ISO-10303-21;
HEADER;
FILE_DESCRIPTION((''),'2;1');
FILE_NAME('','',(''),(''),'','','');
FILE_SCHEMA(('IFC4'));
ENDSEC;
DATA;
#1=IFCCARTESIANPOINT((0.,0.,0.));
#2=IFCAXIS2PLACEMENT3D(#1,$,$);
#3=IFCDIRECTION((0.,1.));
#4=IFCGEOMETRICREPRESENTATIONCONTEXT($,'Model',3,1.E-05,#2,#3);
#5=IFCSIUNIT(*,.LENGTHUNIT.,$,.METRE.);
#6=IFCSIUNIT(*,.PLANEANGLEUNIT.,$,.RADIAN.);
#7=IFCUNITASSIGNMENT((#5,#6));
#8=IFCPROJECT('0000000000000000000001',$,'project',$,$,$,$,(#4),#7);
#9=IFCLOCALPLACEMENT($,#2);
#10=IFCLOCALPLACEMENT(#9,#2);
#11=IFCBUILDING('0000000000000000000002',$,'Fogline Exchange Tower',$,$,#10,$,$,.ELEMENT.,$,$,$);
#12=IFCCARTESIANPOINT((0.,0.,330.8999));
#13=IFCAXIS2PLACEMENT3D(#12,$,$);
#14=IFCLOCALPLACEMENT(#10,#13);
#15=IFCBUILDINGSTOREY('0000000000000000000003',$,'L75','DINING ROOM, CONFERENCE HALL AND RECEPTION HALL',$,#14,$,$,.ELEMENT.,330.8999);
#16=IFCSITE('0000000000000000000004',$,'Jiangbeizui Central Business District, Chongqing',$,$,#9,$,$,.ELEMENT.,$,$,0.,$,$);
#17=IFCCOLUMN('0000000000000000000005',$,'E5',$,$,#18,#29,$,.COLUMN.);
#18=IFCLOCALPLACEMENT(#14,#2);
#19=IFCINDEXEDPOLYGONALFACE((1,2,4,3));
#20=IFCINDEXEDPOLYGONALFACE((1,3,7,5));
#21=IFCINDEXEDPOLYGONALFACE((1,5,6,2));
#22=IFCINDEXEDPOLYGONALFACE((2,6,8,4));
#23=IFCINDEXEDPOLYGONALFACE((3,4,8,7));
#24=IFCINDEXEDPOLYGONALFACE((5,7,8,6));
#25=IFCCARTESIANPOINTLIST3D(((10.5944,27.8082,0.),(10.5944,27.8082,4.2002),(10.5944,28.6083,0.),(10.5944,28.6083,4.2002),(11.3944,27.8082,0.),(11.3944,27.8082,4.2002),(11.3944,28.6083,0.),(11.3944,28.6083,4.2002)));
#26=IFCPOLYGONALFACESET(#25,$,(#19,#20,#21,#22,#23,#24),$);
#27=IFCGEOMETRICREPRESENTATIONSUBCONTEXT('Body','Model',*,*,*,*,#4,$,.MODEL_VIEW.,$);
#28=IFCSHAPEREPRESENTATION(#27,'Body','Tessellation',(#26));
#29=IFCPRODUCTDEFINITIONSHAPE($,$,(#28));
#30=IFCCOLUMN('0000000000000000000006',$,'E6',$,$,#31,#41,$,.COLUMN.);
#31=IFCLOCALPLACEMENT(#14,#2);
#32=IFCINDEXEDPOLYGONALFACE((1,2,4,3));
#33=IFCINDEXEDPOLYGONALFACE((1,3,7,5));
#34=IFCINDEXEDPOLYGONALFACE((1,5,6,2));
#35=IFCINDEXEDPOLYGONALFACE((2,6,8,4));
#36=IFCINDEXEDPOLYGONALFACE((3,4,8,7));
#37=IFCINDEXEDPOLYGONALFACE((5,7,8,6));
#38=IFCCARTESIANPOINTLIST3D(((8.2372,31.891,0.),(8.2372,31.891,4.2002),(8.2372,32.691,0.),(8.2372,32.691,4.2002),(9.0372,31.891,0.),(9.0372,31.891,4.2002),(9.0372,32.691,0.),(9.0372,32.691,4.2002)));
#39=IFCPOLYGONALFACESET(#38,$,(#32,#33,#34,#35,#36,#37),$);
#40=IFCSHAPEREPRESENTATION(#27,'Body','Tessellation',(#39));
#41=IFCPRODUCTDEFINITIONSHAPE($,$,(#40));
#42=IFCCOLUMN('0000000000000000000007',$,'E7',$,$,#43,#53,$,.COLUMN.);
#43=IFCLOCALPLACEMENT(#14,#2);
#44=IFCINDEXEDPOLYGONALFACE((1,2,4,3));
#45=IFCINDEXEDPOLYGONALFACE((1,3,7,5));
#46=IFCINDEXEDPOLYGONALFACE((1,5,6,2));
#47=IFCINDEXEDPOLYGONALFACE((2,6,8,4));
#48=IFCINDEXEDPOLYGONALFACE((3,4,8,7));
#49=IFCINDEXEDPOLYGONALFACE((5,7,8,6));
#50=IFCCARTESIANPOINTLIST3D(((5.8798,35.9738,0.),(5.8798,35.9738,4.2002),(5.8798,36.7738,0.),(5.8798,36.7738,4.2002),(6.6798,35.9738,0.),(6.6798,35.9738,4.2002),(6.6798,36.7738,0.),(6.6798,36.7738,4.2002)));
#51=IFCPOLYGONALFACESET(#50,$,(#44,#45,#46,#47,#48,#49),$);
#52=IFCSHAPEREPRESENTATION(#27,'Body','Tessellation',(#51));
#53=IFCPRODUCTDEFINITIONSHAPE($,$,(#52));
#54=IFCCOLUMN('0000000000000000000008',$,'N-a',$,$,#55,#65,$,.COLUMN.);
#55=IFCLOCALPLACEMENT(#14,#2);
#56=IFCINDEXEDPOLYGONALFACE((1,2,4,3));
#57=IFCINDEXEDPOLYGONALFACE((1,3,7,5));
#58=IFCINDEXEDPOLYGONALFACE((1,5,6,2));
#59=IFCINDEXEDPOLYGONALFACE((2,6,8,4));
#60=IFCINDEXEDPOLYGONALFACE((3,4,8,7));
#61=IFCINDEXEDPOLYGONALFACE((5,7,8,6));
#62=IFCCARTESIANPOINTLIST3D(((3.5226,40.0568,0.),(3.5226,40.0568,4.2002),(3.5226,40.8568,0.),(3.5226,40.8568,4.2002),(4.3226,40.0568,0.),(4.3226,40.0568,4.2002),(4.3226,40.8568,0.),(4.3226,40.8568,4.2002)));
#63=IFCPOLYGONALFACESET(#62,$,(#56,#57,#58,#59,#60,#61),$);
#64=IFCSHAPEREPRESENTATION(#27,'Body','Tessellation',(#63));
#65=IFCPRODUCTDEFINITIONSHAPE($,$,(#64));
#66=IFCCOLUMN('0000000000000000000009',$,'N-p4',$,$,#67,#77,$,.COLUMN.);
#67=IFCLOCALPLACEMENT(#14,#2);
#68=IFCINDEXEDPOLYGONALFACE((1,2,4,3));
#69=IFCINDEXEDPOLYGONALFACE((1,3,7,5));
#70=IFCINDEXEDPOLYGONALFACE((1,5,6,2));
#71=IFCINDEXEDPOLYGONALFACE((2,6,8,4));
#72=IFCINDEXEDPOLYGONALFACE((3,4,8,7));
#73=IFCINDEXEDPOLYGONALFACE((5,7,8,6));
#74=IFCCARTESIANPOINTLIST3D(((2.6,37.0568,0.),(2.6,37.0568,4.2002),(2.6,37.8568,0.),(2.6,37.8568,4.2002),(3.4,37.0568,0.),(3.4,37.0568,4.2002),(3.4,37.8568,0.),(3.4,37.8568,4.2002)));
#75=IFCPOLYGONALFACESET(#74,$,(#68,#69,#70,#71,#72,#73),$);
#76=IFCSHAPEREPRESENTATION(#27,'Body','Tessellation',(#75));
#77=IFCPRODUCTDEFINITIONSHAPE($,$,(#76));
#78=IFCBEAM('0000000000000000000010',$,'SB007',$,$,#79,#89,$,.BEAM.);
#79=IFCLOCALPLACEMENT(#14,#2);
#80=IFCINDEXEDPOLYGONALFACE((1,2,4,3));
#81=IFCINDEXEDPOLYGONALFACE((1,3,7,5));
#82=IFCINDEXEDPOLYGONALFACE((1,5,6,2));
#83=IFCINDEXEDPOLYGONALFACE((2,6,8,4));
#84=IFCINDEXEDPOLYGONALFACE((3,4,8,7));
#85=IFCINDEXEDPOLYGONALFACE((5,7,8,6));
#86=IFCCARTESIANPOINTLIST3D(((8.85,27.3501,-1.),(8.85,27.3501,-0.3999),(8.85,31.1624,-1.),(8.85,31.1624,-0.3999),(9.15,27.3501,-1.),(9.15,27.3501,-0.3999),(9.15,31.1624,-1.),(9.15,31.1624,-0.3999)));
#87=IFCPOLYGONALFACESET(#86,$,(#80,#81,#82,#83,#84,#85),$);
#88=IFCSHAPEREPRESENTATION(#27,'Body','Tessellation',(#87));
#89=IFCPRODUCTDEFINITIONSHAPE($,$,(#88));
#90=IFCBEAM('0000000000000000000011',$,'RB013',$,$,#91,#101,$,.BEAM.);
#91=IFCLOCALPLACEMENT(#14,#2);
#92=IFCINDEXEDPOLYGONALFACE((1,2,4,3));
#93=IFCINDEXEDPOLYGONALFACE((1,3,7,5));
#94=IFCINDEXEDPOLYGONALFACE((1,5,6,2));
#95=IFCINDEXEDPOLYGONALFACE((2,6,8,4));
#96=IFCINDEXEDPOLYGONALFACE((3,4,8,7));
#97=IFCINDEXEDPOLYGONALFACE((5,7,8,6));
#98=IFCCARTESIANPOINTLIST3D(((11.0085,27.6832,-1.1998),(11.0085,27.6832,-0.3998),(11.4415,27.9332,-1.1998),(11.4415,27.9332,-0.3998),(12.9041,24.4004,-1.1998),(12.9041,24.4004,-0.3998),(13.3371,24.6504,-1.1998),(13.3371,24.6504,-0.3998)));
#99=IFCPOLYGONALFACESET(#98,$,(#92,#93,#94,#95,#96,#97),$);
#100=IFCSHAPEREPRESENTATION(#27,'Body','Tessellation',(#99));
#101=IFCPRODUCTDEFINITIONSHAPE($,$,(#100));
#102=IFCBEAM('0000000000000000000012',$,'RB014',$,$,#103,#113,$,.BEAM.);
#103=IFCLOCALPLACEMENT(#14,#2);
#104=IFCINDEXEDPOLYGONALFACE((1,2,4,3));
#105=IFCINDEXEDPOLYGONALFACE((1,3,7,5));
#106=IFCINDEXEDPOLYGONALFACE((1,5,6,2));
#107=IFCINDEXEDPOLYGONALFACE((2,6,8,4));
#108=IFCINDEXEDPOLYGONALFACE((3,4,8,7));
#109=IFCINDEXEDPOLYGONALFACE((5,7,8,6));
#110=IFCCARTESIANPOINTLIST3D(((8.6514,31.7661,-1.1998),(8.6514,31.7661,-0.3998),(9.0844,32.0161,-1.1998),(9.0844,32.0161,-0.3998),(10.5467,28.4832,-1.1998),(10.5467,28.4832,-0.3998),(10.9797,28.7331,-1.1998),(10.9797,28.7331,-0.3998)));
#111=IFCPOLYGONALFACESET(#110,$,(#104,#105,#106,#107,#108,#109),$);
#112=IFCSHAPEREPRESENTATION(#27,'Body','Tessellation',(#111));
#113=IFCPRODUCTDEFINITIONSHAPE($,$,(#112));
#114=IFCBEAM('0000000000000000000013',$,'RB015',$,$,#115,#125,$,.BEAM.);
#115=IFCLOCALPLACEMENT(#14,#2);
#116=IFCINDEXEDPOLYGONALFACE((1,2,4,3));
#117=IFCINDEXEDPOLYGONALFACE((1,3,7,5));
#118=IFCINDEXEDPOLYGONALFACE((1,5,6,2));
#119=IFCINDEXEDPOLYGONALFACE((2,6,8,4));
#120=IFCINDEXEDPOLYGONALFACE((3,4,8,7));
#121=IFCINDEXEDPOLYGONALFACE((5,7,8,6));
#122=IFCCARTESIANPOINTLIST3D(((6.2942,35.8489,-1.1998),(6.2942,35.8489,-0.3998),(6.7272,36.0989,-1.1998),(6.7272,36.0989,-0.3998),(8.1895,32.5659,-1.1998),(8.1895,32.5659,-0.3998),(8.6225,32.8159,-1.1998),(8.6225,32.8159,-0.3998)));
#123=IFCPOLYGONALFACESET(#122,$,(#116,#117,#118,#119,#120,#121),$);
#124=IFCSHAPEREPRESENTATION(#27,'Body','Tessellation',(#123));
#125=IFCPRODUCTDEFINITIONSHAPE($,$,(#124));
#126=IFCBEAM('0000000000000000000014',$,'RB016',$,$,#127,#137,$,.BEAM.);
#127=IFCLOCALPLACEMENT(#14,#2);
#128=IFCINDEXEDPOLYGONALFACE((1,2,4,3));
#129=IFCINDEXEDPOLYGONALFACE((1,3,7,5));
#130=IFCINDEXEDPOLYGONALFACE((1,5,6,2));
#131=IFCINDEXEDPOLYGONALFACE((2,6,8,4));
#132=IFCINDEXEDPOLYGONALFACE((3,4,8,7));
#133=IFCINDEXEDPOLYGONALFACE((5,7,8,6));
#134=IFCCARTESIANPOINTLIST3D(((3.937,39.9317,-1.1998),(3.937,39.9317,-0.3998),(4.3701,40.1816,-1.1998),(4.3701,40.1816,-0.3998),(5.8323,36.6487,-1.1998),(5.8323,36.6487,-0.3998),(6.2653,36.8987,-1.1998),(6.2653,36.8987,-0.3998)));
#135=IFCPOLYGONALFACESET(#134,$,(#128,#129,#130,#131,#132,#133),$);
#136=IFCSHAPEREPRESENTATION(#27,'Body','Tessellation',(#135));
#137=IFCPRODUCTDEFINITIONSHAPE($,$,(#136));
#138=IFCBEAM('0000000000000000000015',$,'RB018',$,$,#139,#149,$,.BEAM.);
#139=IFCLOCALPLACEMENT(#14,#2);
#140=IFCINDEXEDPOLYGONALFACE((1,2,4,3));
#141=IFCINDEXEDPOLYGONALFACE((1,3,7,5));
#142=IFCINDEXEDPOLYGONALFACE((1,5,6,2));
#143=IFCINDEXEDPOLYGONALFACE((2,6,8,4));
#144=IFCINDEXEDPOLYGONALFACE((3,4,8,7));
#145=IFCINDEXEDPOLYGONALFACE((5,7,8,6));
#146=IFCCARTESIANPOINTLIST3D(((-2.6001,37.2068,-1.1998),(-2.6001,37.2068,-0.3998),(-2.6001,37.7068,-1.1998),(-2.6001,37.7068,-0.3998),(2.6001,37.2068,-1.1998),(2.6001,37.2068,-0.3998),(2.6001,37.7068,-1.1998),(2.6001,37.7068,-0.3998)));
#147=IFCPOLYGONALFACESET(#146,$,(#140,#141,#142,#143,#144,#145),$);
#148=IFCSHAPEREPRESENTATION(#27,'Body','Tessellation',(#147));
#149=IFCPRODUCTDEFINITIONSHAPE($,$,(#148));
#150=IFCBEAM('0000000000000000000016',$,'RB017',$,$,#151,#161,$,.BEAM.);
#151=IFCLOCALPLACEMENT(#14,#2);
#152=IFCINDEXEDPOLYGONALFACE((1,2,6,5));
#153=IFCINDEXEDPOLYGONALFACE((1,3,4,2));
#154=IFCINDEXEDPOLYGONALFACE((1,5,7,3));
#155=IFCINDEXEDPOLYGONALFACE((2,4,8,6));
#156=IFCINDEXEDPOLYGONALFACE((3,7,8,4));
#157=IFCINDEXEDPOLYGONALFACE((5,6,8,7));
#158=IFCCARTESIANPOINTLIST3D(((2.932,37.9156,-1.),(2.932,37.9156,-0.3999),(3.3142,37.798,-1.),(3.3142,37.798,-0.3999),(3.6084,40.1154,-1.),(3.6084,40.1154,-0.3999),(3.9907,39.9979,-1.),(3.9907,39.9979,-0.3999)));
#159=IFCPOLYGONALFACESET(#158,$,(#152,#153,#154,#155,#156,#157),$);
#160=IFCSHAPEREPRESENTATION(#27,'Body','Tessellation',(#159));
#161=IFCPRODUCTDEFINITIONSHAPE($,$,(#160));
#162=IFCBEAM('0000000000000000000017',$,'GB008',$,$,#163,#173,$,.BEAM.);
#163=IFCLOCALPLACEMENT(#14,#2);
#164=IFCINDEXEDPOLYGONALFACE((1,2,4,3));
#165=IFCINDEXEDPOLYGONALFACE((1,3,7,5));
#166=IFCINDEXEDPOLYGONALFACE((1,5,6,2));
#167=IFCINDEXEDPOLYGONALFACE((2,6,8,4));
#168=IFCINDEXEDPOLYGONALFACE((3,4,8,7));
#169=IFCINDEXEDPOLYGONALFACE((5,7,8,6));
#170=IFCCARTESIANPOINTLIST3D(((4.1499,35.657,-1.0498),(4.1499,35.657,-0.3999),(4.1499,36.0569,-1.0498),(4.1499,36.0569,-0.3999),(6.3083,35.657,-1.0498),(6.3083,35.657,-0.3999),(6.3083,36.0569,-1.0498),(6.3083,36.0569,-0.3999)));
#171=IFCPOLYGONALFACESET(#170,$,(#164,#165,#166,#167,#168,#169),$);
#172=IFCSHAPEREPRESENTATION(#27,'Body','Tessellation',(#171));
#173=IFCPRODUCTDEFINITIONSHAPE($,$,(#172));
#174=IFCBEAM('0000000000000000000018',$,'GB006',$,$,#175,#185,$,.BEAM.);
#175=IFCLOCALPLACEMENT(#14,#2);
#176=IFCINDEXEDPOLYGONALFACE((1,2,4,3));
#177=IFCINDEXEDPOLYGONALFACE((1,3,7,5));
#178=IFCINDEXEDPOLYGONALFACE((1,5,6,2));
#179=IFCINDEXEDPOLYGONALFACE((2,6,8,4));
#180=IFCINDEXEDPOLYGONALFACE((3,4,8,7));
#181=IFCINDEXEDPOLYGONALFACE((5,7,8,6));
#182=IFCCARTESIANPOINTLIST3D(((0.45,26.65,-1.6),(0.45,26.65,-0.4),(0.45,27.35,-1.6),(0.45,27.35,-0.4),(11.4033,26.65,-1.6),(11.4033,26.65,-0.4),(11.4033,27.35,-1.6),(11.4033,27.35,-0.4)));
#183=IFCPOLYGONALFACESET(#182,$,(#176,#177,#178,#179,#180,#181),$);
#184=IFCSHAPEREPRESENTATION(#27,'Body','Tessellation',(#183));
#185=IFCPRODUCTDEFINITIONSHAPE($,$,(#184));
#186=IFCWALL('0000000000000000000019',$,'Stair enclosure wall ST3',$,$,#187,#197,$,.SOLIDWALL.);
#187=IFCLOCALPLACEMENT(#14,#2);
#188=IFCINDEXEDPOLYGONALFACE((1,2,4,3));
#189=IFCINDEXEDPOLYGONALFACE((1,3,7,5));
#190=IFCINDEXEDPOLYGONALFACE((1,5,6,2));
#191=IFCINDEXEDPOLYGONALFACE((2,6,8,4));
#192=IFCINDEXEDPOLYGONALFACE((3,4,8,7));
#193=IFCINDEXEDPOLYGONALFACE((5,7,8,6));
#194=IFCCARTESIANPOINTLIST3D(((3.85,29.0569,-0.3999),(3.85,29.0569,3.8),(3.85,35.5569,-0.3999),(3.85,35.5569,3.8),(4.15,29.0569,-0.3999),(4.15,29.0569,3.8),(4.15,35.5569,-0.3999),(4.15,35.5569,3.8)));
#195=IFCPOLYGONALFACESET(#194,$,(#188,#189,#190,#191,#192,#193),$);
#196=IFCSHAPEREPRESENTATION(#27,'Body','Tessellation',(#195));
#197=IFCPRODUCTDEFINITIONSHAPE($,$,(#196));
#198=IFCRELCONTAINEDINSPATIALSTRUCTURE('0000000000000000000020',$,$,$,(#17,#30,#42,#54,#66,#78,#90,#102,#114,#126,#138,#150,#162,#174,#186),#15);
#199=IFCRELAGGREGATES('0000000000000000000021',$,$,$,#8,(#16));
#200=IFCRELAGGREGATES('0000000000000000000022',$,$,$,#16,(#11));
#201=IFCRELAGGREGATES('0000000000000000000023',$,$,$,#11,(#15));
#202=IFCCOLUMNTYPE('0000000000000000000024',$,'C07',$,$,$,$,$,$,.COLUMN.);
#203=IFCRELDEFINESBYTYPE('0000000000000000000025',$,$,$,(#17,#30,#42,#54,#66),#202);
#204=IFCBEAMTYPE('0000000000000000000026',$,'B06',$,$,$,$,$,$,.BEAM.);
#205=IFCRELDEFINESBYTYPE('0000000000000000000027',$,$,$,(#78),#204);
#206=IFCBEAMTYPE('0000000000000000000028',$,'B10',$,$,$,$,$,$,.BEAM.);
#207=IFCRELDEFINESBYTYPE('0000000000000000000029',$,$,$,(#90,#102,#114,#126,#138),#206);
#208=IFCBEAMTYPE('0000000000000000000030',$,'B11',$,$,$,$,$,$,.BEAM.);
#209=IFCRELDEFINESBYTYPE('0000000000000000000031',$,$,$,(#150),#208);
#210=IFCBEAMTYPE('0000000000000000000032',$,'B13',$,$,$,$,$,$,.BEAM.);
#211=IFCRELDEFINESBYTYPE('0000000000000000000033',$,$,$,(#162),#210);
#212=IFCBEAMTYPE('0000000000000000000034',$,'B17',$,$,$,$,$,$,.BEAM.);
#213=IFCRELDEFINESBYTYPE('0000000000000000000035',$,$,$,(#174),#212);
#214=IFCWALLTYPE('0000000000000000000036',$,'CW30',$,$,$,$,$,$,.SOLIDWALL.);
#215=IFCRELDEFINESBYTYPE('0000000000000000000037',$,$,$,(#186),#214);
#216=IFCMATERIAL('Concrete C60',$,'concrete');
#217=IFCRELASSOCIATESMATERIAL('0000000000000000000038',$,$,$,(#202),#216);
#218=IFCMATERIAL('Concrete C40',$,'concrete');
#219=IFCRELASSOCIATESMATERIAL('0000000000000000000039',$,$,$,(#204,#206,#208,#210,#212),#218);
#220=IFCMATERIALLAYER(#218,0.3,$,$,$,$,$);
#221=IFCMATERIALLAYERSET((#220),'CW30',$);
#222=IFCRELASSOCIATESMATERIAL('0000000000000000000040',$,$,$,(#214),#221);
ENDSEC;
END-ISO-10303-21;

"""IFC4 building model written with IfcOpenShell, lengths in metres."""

from ifc_helpers import new_model, si_unit, direction, frame, frame_2d, origin, origin_2d, place, context, subcontext, project, spatial, rectangle, extrude, material, layer, layer_set, material_profile, profile_set, type_object, element, save


model = new_model("IFC4")

# Units and contexts
model_context = context("Model", 3, precision=1e-05, world=origin(), true_north=direction((0.0, 1.0)))
body_context = subcontext(model_context, "Body", "Model", "MODEL_VIEW")
ifc_project = project(units=[si_unit("LENGTHUNIT", "METRE"), si_unit("PLANEANGLEUNIT", "RADIAN")], contexts=[model_context])

# Site, building, storey
site_placement = place(None, origin())
site = spatial("IfcSite", under=ifc_project, at=site_placement, Name="Jiangbeizui Central Business District, Chongqing", CompositionType="ELEMENT", RefElevation=0.0)
building_placement = place(site_placement, origin())
building = spatial("IfcBuilding", under=site, at=building_placement, Name="Fogline Exchange Tower", CompositionType="ELEMENT")
storey_placement = place(building_placement, frame((0.0, 0.0, 330.8999)))
storey = spatial("IfcBuildingStorey", under=building, at=storey_placement, Name="L75", Description="DINING ROOM, CONFERENCE HALL AND RECEPTION HALL", CompositionType="ELEMENT", Elevation=330.8999)

# Columns
ifc_material_1 = material(Name="Concrete C60", Category="concrete")
ifc_material_profile_1 = material_profile(ifc_material_1, rectangle(XDim=0.8, YDim=0.8, at=origin_2d()), Name="RC 800x800")
ifc_profile_set_1 = profile_set([ifc_material_profile_1], Name="Concrete C60")
column_type = type_object("IfcColumnType", Name="C07", PredefinedType="COLUMN", material=ifc_profile_set_1)
for number, where, z_axis, x_axis, name in (
    (1, (10.9944, 28.2083, 0.0), (0.0, 0.0, 1.0), (1.0, 0.0, 0.0), "E5"),
    (2, (8.6372, 32.291, 0.0), (0.0, 0.0, 1.0), (1.0, 0.0, 0.0), "E6"),
    (3, (6.2798, 36.3738, 0.0), (0.0, 0.0, 1.0), (1.0, 0.0, 0.0), "E7"),
    (4, (3.9226, 40.4568, 0.0), (0.0, 0.0, 1.0), (1.0, 0.0, 0.0), "N-a"),
    (5, (3.0, 37.4568, 0.0), (0.0, 0.0, 1.0), (1.0, 0.0, 0.0), "N-p4"),
):
    element("IfcColumn", number, at=place(storey_placement, frame(where, z_axis=z_axis, x_axis=x_axis)), inside=storey, type_object=column_type, Name=name, PredefinedType="COLUMN", context=body_context, shape_type="SweptSolid", body=[
        extrude(rectangle(XDim=0.8, YDim=0.8, at=origin_2d()), origin(), (0.0, 0.0, 1.0), 4.2002),
    ])

# Beams
ifc_material_2 = material(Name="Concrete C40", Category="concrete")
ifc_material_profile_2 = material_profile(ifc_material_2, rectangle(XDim=0.3, YDim=0.6001, at=origin_2d()), Name="RC 300x600")
ifc_profile_set_2 = profile_set([ifc_material_profile_2], Name="Concrete C40")
beam_type_1 = type_object("IfcBeamType", Name="B06", PredefinedType="BEAM", material=ifc_profile_set_2)
beam_1_placement = place(storey_placement, frame((9.0, 27.3501, -0.7), z_axis=(0.0, 1.0, 0.0), x_axis=(-1.0, 0.0, 0.0)))
element("IfcBeam", 6, at=beam_1_placement, inside=storey, type_object=beam_type_1, Name="SB007", PredefinedType="BEAM", context=body_context, shape_type="SweptSolid", body=[
    extrude(rectangle(XDim=0.3, YDim=0.6001, at=origin_2d()), origin(), (0.0, 0.0, 1.0), 3.8123),
])
ifc_material_profile_3 = material_profile(ifc_material_2, rectangle(XDim=0.5, YDim=0.8, at=origin_2d()), Name="RC 500x800")
ifc_profile_set_3 = profile_set([ifc_material_profile_3], Name="Concrete C40")
beam_type_2 = type_object("IfcBeamType", Name="B10", PredefinedType="BEAM", material=ifc_profile_set_3)
for number, where, z_axis, x_axis, name in (
    (7, (13.1206, 24.5254, -0.7998), (-0.500046, 0.865999, 0.0), (-0.865999, -0.500046, 0.0), "RB013"),
    (8, (10.7632, 28.6082, -0.7998), (-0.49997, 0.866043, 0.0), (-0.866043, -0.49997, 0.0), "RB014"),
    (9, (8.406, 32.6909, -0.7998), (-0.49997, 0.866043, 0.0), (-0.866043, -0.49997, 0.0), "RB015"),
    (10, (6.0488, 36.7737, -0.7998), (-0.49997, 0.866043, 0.0), (-0.866043, -0.49997, 0.0), "RB016"),
):
    element("IfcBeam", number, at=place(storey_placement, frame(where, z_axis=z_axis, x_axis=x_axis)), inside=storey, type_object=beam_type_2, Name=name, PredefinedType="BEAM", context=body_context, shape_type="SweptSolid", body=[
        extrude(rectangle(XDim=0.5, YDim=0.8, at=origin_2d()), origin(), (0.0, 0.0, 1.0), 3.7908),
    ])
beam_2_placement = place(storey_placement, frame((2.6001, 37.4568, -0.7998), z_axis=(-1.0, 0.0, 0.0), x_axis=(0.0, -1.0, 0.0)))
element("IfcBeam", 11, at=beam_2_placement, inside=storey, type_object=beam_type_2, Name="RB018", PredefinedType="BEAM", context=body_context, shape_type="SweptSolid", body=[
    extrude(rectangle(XDim=0.5, YDim=0.8, at=origin_2d()), origin(), (0.0, 0.0, 1.0), 5.2002),
])
ifc_material_profile_4 = material_profile(ifc_material_2, rectangle(XDim=0.3999, YDim=0.6001, at=origin_2d()), Name="RC 400x600")
ifc_profile_set_4 = profile_set([ifc_material_profile_4], Name="Concrete C40")
beam_type_3 = type_object("IfcBeamType", Name="B11", PredefinedType="BEAM", material=ifc_profile_set_4)
beam_3_placement = place(storey_placement, frame((3.7996, 40.0566, -0.7), z_axis=(-0.293929, -0.955827, 0.0), x_axis=(0.955827, -0.293929, 0.0)))
element("IfcBeam", 12, at=beam_3_placement, inside=storey, type_object=beam_type_3, Name="RB017", PredefinedType="BEAM", context=body_context, shape_type="SweptSolid", body=[
    extrude(rectangle(XDim=0.3999, YDim=0.6001, at=origin_2d()), origin(), (0.0, 0.0, 1.0), 2.3015),
])
ifc_material_profile_5 = material_profile(ifc_material_2, rectangle(XDim=0.3999, YDim=0.6499, at=origin_2d()), Name="RC 400x650")
ifc_profile_set_5 = profile_set([ifc_material_profile_5], Name="Concrete C40")
beam_type_4 = type_object("IfcBeamType", Name="B13", PredefinedType="BEAM", material=ifc_profile_set_5)
beam_4_placement = place(storey_placement, frame((4.1499, 35.8569, -0.7249), z_axis=(1.0, 0.0, 0.0), x_axis=(0.0, 1.0, 0.0)))
element("IfcBeam", 13, at=beam_4_placement, inside=storey, type_object=beam_type_4, Name="GB008", PredefinedType="BEAM", context=body_context, shape_type="SweptSolid", body=[
    extrude(rectangle(XDim=0.3999, YDim=0.6499, at=origin_2d()), origin(), (0.0, 0.0, 1.0), 2.1584),
])
ifc_material_profile_6 = material_profile(ifc_material_2, rectangle(XDim=0.7, YDim=1.2, at=origin_2d()), Name="RC 700x1200")
ifc_profile_set_6 = profile_set([ifc_material_profile_6], Name="Concrete C40")
beam_type_5 = type_object("IfcBeamType", Name="B17", PredefinedType="BEAM", material=ifc_profile_set_6)
beam_5_placement = place(storey_placement, frame((0.45, 27.0, -1.0), z_axis=(1.0, 0.0, 0.0), x_axis=(0.0, 1.0, 0.0)))
element("IfcBeam", 14, at=beam_5_placement, inside=storey, type_object=beam_type_5, Name="GB006", PredefinedType="BEAM", context=body_context, shape_type="SweptSolid", body=[
    extrude(rectangle(XDim=0.7, YDim=1.2, at=origin_2d()), origin(), (0.0, 0.0, 1.0), 10.9534),
])

# Wall
ifc_layer_1 = layer(ifc_material_2, 0.3)
ifc_layer_set_1 = layer_set([ifc_layer_1], Name="CW30")
wall_type_1 = type_object("IfcWallType", Name="CW30", PredefinedType="SOLIDWALL", material=ifc_layer_set_1)
wall_1_placement = place(storey_placement, frame((4.0, 29.0569, -0.3999), z_axis=(0.0, 0.0, 1.0), x_axis=(0.0, 1.0, 0.0)))
element("IfcWall", 15, at=wall_1_placement, inside=storey, type_object=wall_type_1, Name="Stair enclosure wall ST3", PredefinedType="SOLIDWALL", context=body_context, shape_type="SweptSolid", body=[
    extrude(rectangle(XDim=6.5, YDim=0.3, at=frame_2d((3.25, 0.0))), origin(), (0.0, 0.0, 1.0), 4.2),
])

save(model, "model.ifc")
